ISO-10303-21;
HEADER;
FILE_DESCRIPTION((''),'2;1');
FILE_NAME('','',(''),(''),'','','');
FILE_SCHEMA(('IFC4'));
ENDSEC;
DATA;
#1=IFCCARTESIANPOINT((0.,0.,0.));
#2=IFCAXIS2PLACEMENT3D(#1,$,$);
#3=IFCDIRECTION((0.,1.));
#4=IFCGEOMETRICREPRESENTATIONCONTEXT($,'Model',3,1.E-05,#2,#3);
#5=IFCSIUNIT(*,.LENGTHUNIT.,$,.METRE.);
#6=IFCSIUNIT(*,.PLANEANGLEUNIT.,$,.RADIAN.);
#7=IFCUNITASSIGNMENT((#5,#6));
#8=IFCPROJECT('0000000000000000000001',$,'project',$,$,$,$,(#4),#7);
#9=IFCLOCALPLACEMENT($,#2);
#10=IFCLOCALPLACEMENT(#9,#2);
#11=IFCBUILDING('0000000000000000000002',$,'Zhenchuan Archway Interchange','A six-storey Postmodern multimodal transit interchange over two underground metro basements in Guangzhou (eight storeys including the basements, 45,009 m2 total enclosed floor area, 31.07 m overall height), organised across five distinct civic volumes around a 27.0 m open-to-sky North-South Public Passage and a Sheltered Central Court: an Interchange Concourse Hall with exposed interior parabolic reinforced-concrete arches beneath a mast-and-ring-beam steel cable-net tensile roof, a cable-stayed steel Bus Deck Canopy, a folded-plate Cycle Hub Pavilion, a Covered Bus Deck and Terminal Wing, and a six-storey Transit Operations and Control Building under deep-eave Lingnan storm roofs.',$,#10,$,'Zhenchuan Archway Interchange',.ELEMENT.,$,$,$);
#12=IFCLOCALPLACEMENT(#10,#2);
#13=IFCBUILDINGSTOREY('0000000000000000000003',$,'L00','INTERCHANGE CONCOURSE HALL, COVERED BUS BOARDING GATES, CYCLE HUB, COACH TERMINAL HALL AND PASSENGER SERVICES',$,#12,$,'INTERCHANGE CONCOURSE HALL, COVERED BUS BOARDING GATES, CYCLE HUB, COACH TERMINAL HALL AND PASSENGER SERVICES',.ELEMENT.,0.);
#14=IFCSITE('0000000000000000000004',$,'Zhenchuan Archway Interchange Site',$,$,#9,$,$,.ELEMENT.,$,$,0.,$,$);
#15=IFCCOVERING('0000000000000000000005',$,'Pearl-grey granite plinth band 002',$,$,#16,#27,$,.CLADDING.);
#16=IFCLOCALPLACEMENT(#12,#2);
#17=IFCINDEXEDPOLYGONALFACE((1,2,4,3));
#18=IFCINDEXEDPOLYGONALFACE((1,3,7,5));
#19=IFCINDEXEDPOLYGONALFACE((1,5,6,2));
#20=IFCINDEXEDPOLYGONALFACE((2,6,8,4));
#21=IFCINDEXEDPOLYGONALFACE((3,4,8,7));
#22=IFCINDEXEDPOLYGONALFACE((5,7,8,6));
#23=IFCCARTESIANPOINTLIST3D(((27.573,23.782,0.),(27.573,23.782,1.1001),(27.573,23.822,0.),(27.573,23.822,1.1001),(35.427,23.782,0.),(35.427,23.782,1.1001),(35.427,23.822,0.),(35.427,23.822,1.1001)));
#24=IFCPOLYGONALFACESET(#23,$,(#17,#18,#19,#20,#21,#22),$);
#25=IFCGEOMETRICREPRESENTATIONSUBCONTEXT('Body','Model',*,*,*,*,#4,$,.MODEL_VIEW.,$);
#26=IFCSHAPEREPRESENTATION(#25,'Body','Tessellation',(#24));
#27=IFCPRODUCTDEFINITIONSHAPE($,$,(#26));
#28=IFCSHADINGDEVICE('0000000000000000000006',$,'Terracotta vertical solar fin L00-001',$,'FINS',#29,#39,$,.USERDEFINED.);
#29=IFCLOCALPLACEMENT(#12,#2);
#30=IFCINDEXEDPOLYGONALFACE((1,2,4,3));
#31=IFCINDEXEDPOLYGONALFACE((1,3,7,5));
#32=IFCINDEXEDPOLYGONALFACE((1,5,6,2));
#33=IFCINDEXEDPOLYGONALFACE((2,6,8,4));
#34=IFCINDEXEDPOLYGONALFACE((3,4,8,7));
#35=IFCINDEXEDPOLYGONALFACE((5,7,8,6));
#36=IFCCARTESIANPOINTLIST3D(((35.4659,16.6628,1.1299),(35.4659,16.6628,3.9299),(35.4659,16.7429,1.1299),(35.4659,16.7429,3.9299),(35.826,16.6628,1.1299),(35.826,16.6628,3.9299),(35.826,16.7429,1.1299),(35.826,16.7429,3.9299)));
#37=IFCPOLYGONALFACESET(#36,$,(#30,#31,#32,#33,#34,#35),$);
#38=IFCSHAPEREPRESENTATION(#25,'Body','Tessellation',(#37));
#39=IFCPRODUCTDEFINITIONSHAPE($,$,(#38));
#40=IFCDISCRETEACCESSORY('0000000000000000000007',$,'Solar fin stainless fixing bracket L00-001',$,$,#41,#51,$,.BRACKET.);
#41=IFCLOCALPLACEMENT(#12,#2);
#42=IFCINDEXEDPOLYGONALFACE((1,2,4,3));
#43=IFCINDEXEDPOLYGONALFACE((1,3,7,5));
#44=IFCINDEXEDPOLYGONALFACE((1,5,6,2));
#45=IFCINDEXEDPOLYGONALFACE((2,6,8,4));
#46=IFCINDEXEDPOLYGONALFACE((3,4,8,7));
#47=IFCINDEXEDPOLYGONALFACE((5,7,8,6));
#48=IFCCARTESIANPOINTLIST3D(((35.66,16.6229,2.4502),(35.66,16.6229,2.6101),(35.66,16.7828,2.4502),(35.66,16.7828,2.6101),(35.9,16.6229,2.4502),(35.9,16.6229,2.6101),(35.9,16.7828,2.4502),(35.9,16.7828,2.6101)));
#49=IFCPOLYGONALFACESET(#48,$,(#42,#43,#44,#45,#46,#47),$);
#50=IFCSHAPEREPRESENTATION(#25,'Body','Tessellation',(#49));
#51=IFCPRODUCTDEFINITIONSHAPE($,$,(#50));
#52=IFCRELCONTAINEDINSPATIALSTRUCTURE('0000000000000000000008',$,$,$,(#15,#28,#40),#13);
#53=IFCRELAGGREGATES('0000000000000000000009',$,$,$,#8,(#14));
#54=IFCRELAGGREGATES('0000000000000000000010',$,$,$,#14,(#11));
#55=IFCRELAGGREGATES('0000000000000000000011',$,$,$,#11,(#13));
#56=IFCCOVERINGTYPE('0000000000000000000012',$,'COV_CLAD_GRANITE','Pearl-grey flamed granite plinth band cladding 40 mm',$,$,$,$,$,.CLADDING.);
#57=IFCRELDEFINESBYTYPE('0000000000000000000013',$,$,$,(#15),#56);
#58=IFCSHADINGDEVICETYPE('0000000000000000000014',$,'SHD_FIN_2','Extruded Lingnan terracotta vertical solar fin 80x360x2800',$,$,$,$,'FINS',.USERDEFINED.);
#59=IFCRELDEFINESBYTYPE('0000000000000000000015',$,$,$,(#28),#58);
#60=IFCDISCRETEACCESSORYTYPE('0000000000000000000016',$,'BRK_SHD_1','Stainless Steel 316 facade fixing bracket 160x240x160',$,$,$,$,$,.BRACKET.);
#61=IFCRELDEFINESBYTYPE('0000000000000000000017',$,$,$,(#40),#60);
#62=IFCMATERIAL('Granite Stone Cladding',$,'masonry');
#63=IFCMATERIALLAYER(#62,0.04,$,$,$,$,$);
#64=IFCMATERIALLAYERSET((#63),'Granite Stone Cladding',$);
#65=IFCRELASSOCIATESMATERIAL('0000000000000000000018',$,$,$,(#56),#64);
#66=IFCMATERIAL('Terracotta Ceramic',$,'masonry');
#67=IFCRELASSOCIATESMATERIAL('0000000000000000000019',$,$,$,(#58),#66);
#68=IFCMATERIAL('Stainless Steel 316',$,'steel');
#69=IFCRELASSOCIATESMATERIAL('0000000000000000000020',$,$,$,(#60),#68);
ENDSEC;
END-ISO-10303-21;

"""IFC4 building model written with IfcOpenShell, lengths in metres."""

from ifc_helpers import new_model, si_unit, direction, frame, origin, origin_2d, place, context, subcontext, project, spatial, rectangle, extrude, material, layer, layer_set, type_object, element, save


model = new_model("IFC4")

# Units and contexts
model_context = context("Model", 3, precision=1e-05, world=origin(), true_north=direction((0.0, 1.0)))
body_context = subcontext(model_context, "Body", "Model", "MODEL_VIEW")
ifc_project = project(units=[si_unit("LENGTHUNIT", "METRE"), si_unit("PLANEANGLEUNIT", "RADIAN")], contexts=[model_context])

# Site, building, storey
site_placement = place(None, origin())
site = spatial("IfcSite", under=ifc_project, at=site_placement, Name="Zhenchuan Archway Interchange Site", CompositionType="ELEMENT", RefElevation=0.0)
building_placement = place(site_placement, origin())
building = spatial("IfcBuilding", under=site, at=building_placement, Name="Zhenchuan Archway Interchange", Description="A six-storey Postmodern multimodal transit interchange over two underground metro basements in Guangzhou (eight storeys including the basements, 45,009 m2 total enclosed floor area, 31.07 m overall height), organised across five distinct civic volumes around a 27.0 m open-to-sky North-South Public Passage and a Sheltered Central Court: an Interchange Concourse Hall with exposed interior parabolic reinforced-concrete arches beneath a mast-and-ring-beam steel cable-net tensile roof, a cable-stayed steel Bus Deck Canopy, a folded-plate Cycle Hub Pavilion, a Covered Bus Deck and Terminal Wing, and a six-storey Transit Operations and Control Building under deep-eave Lingnan storm roofs.", LongName="Zhenchuan Archway Interchange", CompositionType="ELEMENT")
storey_placement = place(building_placement, origin())
storey = spatial("IfcBuildingStorey", under=building, at=storey_placement, Name="L00", Description="INTERCHANGE CONCOURSE HALL, COVERED BUS BOARDING GATES, CYCLE HUB, COACH TERMINAL HALL AND PASSENGER SERVICES", LongName="INTERCHANGE CONCOURSE HALL, COVERED BUS BOARDING GATES, CYCLE HUB, COACH TERMINAL HALL AND PASSENGER SERVICES", CompositionType="ELEMENT", Elevation=0.0)

# Shared definitions
ifc_material_1 = material(Name="Granite Stone Cladding", Category="masonry")

# Covering
ifc_layer_1 = layer(ifc_material_1, 0.04)
ifc_layer_set_1 = layer_set([ifc_layer_1], Name="Granite Stone Cladding")
covering_type = type_object("IfcCoveringType", Name="COV_CLAD_GRANITE", Description="Pearl-grey flamed granite plinth band cladding 40 mm", PredefinedType="CLADDING", material=ifc_layer_set_1)
covering_1_placement = place(storey_placement, frame((31.5, 23.802, 0.0), z_axis=(0.0, 0.0, 1.0), x_axis=(-1.0, 0.0, 0.0)))
element("IfcCovering", 1, at=covering_1_placement, inside=storey, type_object=covering_type, Name="Pearl-grey granite plinth band 002", PredefinedType="CLADDING", context=body_context, shape_type="SweptSolid", body=[
    extrude(rectangle(XDim=7.854, YDim=0.04, at=origin_2d()), origin(), (0.0, 0.0, 1.0), 1.1001),
])

# Shading device
ifc_material_2 = material(Name="Terracotta Ceramic", Category="masonry")
shading_device_type = type_object("IfcShadingDeviceType", Name="SHD_FIN_2", Description="Extruded Lingnan terracotta vertical solar fin 80x360x2800", ElementType="FINS", PredefinedType="USERDEFINED", material=ifc_material_2)
shading_device_placement = place(storey_placement, frame((35.646, 16.7029, 1.1299), z_axis=(0.0, 0.0, 1.0), x_axis=(0.0, 1.0, 0.0)))
element("IfcShadingDevice", 2, at=shading_device_placement, inside=storey, type_object=shading_device_type, Name="Terracotta vertical solar fin L00-001", ObjectType="FINS", PredefinedType="USERDEFINED", context=body_context, shape_type="SweptSolid", body=[
    extrude(rectangle(XDim=0.0801, YDim=0.3601, at=origin_2d()), origin(), (0.0, 0.0, 1.0), 2.8),
])

# Discrete accessory
ifc_material_3 = material(Name="Stainless Steel 316", Category="steel")
discrete_accessory_type = type_object("IfcDiscreteAccessoryType", Name="BRK_SHD_1", Description="Stainless Steel 316 facade fixing bracket 160x240x160", PredefinedType="BRACKET", material=ifc_material_3)
discrete_accessory_placement = place(storey_placement, frame((35.78, 16.7029, 2.4502), z_axis=(0.0, 0.0, 1.0), x_axis=(0.0, 1.0, 0.0)))
element("IfcDiscreteAccessory", 3, at=discrete_accessory_placement, inside=storey, type_object=discrete_accessory_type, Name="Solar fin stainless fixing bracket L00-001", PredefinedType="BRACKET", context=body_context, shape_type="SweptSolid", body=[
    extrude(rectangle(XDim=0.1599, YDim=0.24, at=origin_2d()), origin(), (0.0, 0.0, 1.0), 0.1599),
])

save(model, "model.ifc")
